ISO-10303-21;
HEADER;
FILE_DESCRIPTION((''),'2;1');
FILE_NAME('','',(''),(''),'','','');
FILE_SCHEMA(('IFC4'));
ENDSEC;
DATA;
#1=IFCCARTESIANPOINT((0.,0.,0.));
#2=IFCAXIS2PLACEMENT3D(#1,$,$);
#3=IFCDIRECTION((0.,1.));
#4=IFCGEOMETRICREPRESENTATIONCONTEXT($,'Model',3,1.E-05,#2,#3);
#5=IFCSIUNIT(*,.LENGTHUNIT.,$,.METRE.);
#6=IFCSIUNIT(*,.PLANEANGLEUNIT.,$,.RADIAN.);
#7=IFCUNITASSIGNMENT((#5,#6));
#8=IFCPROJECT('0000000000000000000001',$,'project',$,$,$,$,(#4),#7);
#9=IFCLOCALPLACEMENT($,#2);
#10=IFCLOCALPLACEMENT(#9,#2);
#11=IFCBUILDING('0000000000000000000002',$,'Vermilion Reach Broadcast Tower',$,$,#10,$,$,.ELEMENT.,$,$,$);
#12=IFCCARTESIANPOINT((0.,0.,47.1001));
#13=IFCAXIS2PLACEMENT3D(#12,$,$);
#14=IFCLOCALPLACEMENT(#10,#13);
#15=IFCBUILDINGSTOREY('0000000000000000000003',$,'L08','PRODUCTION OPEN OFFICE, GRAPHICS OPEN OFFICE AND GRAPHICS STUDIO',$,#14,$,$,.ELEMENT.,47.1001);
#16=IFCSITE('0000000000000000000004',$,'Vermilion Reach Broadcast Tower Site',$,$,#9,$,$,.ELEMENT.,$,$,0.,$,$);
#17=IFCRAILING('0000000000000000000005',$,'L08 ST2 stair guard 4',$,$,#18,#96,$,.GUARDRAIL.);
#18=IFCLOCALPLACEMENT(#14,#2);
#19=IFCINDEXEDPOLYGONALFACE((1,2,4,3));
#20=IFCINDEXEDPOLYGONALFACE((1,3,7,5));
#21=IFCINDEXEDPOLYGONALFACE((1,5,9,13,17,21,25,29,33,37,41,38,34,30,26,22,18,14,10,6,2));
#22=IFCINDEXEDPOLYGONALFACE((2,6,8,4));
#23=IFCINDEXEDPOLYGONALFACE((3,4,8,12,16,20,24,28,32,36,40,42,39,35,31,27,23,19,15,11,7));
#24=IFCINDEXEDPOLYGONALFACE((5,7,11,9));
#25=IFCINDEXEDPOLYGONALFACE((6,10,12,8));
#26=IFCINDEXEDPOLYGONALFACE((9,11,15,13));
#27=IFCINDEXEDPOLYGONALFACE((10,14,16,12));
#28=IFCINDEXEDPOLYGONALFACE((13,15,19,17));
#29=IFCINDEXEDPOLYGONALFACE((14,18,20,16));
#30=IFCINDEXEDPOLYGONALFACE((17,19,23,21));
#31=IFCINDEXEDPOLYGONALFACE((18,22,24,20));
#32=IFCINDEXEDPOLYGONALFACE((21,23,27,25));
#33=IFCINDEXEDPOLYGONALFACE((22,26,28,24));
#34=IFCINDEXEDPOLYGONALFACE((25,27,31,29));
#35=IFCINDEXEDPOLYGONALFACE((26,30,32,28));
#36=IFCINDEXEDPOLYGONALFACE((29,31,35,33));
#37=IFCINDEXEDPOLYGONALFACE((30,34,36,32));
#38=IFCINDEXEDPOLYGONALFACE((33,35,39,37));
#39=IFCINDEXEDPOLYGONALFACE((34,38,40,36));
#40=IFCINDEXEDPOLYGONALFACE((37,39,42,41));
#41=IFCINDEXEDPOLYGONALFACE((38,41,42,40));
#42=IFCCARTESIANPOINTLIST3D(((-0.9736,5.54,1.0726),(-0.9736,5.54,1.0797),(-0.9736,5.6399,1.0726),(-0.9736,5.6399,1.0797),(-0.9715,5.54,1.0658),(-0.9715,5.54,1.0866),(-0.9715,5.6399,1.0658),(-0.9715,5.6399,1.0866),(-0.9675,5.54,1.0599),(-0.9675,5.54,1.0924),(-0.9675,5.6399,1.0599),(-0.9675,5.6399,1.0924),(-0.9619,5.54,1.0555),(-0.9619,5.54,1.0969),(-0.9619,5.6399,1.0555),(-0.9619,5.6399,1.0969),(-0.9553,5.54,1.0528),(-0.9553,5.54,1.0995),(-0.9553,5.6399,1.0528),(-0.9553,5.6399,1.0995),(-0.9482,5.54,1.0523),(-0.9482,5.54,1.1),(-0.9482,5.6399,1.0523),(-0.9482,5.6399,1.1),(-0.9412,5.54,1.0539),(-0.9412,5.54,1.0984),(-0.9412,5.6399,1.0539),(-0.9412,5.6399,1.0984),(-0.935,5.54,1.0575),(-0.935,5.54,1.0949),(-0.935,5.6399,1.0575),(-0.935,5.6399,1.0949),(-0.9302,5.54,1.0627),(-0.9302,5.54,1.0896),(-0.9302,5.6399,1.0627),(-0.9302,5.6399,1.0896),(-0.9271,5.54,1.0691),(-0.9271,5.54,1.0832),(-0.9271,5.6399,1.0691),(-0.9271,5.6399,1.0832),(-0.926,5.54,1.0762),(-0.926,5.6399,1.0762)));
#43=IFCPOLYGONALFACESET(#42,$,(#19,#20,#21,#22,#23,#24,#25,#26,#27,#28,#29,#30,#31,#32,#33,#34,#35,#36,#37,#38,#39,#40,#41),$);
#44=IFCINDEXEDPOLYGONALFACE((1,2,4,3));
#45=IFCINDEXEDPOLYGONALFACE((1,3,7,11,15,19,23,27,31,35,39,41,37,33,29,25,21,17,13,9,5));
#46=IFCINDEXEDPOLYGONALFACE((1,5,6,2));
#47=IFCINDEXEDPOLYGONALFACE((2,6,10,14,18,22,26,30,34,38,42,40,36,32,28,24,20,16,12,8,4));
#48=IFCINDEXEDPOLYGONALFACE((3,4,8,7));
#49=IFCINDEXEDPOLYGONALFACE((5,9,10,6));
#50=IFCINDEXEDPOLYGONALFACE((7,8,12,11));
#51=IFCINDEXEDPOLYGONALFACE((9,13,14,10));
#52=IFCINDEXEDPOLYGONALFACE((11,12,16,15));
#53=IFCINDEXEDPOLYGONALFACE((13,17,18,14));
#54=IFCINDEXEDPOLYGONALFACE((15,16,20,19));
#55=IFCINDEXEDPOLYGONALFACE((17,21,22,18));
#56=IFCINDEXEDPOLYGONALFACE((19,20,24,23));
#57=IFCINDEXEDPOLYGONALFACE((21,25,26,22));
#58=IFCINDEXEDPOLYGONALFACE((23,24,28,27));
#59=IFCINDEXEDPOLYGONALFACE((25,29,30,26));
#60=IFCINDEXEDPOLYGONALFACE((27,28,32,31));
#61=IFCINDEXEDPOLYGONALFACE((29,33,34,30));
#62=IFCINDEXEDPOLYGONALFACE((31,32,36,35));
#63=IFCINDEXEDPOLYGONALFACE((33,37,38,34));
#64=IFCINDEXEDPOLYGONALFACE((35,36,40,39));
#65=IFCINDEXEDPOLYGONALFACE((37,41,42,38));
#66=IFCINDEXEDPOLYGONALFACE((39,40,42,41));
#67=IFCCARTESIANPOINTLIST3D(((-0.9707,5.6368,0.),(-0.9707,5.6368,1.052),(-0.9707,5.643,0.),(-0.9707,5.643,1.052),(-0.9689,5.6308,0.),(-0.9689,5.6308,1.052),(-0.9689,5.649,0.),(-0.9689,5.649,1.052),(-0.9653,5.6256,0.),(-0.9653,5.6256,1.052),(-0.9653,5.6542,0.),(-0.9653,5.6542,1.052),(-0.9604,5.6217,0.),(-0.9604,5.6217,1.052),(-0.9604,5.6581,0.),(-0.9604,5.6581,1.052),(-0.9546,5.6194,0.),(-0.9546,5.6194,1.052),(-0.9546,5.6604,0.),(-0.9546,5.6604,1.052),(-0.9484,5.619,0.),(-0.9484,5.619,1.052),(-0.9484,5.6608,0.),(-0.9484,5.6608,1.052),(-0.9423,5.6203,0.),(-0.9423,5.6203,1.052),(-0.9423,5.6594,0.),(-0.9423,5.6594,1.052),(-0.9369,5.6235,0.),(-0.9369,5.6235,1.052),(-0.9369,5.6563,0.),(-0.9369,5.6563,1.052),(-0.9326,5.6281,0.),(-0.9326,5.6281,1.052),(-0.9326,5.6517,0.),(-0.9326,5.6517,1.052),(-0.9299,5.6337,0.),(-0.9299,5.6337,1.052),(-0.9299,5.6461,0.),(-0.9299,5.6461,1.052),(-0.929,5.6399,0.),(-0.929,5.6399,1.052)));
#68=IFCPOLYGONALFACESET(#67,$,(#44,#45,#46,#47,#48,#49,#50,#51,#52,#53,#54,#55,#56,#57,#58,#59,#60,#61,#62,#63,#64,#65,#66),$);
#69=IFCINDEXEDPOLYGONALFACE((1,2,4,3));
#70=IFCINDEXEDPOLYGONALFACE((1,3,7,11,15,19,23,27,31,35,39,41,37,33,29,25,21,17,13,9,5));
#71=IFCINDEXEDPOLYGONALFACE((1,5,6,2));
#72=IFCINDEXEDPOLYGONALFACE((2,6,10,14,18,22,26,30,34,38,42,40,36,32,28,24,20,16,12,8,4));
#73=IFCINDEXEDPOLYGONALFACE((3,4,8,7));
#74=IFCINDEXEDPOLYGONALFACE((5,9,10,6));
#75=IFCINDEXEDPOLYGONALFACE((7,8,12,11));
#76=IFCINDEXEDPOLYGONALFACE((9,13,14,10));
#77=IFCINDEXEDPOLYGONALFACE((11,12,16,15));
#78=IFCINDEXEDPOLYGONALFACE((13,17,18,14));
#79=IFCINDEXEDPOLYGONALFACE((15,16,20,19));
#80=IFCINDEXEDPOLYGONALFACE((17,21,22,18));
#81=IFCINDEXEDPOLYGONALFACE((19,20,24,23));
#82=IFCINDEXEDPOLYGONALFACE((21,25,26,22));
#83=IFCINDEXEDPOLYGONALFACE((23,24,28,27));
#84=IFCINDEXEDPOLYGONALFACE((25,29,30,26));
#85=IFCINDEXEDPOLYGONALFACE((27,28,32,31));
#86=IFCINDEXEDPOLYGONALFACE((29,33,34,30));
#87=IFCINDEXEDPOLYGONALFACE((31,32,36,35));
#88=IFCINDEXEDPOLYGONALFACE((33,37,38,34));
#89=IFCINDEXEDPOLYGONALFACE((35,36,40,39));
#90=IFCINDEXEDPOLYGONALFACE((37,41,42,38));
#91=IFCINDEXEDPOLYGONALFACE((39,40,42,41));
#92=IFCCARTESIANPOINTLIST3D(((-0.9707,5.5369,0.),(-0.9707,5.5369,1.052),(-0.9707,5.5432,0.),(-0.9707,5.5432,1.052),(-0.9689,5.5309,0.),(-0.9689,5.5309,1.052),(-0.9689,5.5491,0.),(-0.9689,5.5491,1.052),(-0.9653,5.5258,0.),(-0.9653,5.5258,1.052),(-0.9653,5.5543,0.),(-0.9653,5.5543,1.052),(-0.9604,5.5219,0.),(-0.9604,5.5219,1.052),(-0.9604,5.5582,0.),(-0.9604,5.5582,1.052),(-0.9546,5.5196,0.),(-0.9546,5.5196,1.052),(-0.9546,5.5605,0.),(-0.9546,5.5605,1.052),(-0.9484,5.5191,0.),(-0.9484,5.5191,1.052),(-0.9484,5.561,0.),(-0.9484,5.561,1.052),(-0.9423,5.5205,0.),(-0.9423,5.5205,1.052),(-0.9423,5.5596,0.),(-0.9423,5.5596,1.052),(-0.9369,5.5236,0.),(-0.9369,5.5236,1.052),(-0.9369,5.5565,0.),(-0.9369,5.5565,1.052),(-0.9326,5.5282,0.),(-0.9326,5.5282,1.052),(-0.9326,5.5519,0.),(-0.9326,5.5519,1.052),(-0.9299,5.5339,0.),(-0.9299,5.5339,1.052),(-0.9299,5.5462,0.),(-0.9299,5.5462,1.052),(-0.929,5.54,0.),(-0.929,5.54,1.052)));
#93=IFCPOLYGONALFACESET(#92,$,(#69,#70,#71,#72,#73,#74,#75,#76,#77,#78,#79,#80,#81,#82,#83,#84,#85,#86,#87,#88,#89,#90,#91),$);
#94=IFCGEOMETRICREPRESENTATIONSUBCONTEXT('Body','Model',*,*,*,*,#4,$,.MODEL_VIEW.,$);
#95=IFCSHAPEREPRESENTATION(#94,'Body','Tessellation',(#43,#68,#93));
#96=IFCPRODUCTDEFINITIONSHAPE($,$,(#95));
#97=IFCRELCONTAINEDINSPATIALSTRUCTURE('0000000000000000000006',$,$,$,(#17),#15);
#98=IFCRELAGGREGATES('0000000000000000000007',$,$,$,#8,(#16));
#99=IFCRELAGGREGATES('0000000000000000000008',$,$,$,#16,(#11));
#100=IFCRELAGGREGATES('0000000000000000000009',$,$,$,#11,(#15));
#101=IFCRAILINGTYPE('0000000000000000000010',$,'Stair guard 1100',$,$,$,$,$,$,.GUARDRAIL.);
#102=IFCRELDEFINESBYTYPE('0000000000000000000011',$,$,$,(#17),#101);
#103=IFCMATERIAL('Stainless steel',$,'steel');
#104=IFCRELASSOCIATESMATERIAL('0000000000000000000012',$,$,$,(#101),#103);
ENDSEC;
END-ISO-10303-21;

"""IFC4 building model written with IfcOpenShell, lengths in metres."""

from ifc_helpers import new_model, si_unit, direction, frame, origin, origin_2d, place, context, subcontext, project, spatial, circle, extrude, material, type_object, element, save


model = new_model("IFC4")

# Units and contexts
model_context = context("Model", 3, precision=1e-05, world=origin(), true_north=direction((0.0, 1.0)))
body_context = subcontext(model_context, "Body", "Model", "MODEL_VIEW")
ifc_project = project(units=[si_unit("LENGTHUNIT", "METRE"), si_unit("PLANEANGLEUNIT", "RADIAN")], contexts=[model_context])

# Site, building, storey
site_placement = place(None, origin())
site = spatial("IfcSite", under=ifc_project, at=site_placement, Name="Vermilion Reach Broadcast Tower Site", CompositionType="ELEMENT", RefElevation=0.0)
building_placement = place(site_placement, origin())
building = spatial("IfcBuilding", under=site, at=building_placement, Name="Vermilion Reach Broadcast Tower", CompositionType="ELEMENT")
storey_placement = place(building_placement, frame((0.0, 0.0, 47.1001)))
storey = spatial("IfcBuildingStorey", under=building, at=storey_placement, Name="L08", Description="PRODUCTION OPEN OFFICE, GRAPHICS OPEN OFFICE AND GRAPHICS STUDIO", CompositionType="ELEMENT", Elevation=47.1001)

# Railing
ifc_material_1 = material(Name="Stainless steel", Category="steel")
railing_type_1 = type_object("IfcRailingType", Name="Stair guard 1100", PredefinedType="GUARDRAIL", material=ifc_material_1)
railing_1_placement = place(storey_placement, frame((-0.95, 5.6399, 0.0)))
element("IfcRailing", 1, at=railing_1_placement, inside=storey, type_object=railing_type_1, Name="L08 ST2 stair guard 4", PredefinedType="GUARDRAIL", context=body_context, shape_type="SweptSolid", body=[
    extrude(circle(Radius=0.0239, at=origin_2d()), frame((0.0, 0.0, 1.0762), z_axis=(0.0, -1.0, 0.0), x_axis=(1.0, 0.0, 0.0)), (0.0, 0.0, 1.0), 0.0999),
    extrude(circle(Radius=0.021, at=origin_2d()), origin(), (0.0, 0.0, 1.0), 1.052),
    extrude(circle(Radius=0.021, at=origin_2d()), frame((0.0, -0.0999, 0.0)), (0.0, 0.0, 1.0), 1.052),
])

save(model, "model.ifc")
